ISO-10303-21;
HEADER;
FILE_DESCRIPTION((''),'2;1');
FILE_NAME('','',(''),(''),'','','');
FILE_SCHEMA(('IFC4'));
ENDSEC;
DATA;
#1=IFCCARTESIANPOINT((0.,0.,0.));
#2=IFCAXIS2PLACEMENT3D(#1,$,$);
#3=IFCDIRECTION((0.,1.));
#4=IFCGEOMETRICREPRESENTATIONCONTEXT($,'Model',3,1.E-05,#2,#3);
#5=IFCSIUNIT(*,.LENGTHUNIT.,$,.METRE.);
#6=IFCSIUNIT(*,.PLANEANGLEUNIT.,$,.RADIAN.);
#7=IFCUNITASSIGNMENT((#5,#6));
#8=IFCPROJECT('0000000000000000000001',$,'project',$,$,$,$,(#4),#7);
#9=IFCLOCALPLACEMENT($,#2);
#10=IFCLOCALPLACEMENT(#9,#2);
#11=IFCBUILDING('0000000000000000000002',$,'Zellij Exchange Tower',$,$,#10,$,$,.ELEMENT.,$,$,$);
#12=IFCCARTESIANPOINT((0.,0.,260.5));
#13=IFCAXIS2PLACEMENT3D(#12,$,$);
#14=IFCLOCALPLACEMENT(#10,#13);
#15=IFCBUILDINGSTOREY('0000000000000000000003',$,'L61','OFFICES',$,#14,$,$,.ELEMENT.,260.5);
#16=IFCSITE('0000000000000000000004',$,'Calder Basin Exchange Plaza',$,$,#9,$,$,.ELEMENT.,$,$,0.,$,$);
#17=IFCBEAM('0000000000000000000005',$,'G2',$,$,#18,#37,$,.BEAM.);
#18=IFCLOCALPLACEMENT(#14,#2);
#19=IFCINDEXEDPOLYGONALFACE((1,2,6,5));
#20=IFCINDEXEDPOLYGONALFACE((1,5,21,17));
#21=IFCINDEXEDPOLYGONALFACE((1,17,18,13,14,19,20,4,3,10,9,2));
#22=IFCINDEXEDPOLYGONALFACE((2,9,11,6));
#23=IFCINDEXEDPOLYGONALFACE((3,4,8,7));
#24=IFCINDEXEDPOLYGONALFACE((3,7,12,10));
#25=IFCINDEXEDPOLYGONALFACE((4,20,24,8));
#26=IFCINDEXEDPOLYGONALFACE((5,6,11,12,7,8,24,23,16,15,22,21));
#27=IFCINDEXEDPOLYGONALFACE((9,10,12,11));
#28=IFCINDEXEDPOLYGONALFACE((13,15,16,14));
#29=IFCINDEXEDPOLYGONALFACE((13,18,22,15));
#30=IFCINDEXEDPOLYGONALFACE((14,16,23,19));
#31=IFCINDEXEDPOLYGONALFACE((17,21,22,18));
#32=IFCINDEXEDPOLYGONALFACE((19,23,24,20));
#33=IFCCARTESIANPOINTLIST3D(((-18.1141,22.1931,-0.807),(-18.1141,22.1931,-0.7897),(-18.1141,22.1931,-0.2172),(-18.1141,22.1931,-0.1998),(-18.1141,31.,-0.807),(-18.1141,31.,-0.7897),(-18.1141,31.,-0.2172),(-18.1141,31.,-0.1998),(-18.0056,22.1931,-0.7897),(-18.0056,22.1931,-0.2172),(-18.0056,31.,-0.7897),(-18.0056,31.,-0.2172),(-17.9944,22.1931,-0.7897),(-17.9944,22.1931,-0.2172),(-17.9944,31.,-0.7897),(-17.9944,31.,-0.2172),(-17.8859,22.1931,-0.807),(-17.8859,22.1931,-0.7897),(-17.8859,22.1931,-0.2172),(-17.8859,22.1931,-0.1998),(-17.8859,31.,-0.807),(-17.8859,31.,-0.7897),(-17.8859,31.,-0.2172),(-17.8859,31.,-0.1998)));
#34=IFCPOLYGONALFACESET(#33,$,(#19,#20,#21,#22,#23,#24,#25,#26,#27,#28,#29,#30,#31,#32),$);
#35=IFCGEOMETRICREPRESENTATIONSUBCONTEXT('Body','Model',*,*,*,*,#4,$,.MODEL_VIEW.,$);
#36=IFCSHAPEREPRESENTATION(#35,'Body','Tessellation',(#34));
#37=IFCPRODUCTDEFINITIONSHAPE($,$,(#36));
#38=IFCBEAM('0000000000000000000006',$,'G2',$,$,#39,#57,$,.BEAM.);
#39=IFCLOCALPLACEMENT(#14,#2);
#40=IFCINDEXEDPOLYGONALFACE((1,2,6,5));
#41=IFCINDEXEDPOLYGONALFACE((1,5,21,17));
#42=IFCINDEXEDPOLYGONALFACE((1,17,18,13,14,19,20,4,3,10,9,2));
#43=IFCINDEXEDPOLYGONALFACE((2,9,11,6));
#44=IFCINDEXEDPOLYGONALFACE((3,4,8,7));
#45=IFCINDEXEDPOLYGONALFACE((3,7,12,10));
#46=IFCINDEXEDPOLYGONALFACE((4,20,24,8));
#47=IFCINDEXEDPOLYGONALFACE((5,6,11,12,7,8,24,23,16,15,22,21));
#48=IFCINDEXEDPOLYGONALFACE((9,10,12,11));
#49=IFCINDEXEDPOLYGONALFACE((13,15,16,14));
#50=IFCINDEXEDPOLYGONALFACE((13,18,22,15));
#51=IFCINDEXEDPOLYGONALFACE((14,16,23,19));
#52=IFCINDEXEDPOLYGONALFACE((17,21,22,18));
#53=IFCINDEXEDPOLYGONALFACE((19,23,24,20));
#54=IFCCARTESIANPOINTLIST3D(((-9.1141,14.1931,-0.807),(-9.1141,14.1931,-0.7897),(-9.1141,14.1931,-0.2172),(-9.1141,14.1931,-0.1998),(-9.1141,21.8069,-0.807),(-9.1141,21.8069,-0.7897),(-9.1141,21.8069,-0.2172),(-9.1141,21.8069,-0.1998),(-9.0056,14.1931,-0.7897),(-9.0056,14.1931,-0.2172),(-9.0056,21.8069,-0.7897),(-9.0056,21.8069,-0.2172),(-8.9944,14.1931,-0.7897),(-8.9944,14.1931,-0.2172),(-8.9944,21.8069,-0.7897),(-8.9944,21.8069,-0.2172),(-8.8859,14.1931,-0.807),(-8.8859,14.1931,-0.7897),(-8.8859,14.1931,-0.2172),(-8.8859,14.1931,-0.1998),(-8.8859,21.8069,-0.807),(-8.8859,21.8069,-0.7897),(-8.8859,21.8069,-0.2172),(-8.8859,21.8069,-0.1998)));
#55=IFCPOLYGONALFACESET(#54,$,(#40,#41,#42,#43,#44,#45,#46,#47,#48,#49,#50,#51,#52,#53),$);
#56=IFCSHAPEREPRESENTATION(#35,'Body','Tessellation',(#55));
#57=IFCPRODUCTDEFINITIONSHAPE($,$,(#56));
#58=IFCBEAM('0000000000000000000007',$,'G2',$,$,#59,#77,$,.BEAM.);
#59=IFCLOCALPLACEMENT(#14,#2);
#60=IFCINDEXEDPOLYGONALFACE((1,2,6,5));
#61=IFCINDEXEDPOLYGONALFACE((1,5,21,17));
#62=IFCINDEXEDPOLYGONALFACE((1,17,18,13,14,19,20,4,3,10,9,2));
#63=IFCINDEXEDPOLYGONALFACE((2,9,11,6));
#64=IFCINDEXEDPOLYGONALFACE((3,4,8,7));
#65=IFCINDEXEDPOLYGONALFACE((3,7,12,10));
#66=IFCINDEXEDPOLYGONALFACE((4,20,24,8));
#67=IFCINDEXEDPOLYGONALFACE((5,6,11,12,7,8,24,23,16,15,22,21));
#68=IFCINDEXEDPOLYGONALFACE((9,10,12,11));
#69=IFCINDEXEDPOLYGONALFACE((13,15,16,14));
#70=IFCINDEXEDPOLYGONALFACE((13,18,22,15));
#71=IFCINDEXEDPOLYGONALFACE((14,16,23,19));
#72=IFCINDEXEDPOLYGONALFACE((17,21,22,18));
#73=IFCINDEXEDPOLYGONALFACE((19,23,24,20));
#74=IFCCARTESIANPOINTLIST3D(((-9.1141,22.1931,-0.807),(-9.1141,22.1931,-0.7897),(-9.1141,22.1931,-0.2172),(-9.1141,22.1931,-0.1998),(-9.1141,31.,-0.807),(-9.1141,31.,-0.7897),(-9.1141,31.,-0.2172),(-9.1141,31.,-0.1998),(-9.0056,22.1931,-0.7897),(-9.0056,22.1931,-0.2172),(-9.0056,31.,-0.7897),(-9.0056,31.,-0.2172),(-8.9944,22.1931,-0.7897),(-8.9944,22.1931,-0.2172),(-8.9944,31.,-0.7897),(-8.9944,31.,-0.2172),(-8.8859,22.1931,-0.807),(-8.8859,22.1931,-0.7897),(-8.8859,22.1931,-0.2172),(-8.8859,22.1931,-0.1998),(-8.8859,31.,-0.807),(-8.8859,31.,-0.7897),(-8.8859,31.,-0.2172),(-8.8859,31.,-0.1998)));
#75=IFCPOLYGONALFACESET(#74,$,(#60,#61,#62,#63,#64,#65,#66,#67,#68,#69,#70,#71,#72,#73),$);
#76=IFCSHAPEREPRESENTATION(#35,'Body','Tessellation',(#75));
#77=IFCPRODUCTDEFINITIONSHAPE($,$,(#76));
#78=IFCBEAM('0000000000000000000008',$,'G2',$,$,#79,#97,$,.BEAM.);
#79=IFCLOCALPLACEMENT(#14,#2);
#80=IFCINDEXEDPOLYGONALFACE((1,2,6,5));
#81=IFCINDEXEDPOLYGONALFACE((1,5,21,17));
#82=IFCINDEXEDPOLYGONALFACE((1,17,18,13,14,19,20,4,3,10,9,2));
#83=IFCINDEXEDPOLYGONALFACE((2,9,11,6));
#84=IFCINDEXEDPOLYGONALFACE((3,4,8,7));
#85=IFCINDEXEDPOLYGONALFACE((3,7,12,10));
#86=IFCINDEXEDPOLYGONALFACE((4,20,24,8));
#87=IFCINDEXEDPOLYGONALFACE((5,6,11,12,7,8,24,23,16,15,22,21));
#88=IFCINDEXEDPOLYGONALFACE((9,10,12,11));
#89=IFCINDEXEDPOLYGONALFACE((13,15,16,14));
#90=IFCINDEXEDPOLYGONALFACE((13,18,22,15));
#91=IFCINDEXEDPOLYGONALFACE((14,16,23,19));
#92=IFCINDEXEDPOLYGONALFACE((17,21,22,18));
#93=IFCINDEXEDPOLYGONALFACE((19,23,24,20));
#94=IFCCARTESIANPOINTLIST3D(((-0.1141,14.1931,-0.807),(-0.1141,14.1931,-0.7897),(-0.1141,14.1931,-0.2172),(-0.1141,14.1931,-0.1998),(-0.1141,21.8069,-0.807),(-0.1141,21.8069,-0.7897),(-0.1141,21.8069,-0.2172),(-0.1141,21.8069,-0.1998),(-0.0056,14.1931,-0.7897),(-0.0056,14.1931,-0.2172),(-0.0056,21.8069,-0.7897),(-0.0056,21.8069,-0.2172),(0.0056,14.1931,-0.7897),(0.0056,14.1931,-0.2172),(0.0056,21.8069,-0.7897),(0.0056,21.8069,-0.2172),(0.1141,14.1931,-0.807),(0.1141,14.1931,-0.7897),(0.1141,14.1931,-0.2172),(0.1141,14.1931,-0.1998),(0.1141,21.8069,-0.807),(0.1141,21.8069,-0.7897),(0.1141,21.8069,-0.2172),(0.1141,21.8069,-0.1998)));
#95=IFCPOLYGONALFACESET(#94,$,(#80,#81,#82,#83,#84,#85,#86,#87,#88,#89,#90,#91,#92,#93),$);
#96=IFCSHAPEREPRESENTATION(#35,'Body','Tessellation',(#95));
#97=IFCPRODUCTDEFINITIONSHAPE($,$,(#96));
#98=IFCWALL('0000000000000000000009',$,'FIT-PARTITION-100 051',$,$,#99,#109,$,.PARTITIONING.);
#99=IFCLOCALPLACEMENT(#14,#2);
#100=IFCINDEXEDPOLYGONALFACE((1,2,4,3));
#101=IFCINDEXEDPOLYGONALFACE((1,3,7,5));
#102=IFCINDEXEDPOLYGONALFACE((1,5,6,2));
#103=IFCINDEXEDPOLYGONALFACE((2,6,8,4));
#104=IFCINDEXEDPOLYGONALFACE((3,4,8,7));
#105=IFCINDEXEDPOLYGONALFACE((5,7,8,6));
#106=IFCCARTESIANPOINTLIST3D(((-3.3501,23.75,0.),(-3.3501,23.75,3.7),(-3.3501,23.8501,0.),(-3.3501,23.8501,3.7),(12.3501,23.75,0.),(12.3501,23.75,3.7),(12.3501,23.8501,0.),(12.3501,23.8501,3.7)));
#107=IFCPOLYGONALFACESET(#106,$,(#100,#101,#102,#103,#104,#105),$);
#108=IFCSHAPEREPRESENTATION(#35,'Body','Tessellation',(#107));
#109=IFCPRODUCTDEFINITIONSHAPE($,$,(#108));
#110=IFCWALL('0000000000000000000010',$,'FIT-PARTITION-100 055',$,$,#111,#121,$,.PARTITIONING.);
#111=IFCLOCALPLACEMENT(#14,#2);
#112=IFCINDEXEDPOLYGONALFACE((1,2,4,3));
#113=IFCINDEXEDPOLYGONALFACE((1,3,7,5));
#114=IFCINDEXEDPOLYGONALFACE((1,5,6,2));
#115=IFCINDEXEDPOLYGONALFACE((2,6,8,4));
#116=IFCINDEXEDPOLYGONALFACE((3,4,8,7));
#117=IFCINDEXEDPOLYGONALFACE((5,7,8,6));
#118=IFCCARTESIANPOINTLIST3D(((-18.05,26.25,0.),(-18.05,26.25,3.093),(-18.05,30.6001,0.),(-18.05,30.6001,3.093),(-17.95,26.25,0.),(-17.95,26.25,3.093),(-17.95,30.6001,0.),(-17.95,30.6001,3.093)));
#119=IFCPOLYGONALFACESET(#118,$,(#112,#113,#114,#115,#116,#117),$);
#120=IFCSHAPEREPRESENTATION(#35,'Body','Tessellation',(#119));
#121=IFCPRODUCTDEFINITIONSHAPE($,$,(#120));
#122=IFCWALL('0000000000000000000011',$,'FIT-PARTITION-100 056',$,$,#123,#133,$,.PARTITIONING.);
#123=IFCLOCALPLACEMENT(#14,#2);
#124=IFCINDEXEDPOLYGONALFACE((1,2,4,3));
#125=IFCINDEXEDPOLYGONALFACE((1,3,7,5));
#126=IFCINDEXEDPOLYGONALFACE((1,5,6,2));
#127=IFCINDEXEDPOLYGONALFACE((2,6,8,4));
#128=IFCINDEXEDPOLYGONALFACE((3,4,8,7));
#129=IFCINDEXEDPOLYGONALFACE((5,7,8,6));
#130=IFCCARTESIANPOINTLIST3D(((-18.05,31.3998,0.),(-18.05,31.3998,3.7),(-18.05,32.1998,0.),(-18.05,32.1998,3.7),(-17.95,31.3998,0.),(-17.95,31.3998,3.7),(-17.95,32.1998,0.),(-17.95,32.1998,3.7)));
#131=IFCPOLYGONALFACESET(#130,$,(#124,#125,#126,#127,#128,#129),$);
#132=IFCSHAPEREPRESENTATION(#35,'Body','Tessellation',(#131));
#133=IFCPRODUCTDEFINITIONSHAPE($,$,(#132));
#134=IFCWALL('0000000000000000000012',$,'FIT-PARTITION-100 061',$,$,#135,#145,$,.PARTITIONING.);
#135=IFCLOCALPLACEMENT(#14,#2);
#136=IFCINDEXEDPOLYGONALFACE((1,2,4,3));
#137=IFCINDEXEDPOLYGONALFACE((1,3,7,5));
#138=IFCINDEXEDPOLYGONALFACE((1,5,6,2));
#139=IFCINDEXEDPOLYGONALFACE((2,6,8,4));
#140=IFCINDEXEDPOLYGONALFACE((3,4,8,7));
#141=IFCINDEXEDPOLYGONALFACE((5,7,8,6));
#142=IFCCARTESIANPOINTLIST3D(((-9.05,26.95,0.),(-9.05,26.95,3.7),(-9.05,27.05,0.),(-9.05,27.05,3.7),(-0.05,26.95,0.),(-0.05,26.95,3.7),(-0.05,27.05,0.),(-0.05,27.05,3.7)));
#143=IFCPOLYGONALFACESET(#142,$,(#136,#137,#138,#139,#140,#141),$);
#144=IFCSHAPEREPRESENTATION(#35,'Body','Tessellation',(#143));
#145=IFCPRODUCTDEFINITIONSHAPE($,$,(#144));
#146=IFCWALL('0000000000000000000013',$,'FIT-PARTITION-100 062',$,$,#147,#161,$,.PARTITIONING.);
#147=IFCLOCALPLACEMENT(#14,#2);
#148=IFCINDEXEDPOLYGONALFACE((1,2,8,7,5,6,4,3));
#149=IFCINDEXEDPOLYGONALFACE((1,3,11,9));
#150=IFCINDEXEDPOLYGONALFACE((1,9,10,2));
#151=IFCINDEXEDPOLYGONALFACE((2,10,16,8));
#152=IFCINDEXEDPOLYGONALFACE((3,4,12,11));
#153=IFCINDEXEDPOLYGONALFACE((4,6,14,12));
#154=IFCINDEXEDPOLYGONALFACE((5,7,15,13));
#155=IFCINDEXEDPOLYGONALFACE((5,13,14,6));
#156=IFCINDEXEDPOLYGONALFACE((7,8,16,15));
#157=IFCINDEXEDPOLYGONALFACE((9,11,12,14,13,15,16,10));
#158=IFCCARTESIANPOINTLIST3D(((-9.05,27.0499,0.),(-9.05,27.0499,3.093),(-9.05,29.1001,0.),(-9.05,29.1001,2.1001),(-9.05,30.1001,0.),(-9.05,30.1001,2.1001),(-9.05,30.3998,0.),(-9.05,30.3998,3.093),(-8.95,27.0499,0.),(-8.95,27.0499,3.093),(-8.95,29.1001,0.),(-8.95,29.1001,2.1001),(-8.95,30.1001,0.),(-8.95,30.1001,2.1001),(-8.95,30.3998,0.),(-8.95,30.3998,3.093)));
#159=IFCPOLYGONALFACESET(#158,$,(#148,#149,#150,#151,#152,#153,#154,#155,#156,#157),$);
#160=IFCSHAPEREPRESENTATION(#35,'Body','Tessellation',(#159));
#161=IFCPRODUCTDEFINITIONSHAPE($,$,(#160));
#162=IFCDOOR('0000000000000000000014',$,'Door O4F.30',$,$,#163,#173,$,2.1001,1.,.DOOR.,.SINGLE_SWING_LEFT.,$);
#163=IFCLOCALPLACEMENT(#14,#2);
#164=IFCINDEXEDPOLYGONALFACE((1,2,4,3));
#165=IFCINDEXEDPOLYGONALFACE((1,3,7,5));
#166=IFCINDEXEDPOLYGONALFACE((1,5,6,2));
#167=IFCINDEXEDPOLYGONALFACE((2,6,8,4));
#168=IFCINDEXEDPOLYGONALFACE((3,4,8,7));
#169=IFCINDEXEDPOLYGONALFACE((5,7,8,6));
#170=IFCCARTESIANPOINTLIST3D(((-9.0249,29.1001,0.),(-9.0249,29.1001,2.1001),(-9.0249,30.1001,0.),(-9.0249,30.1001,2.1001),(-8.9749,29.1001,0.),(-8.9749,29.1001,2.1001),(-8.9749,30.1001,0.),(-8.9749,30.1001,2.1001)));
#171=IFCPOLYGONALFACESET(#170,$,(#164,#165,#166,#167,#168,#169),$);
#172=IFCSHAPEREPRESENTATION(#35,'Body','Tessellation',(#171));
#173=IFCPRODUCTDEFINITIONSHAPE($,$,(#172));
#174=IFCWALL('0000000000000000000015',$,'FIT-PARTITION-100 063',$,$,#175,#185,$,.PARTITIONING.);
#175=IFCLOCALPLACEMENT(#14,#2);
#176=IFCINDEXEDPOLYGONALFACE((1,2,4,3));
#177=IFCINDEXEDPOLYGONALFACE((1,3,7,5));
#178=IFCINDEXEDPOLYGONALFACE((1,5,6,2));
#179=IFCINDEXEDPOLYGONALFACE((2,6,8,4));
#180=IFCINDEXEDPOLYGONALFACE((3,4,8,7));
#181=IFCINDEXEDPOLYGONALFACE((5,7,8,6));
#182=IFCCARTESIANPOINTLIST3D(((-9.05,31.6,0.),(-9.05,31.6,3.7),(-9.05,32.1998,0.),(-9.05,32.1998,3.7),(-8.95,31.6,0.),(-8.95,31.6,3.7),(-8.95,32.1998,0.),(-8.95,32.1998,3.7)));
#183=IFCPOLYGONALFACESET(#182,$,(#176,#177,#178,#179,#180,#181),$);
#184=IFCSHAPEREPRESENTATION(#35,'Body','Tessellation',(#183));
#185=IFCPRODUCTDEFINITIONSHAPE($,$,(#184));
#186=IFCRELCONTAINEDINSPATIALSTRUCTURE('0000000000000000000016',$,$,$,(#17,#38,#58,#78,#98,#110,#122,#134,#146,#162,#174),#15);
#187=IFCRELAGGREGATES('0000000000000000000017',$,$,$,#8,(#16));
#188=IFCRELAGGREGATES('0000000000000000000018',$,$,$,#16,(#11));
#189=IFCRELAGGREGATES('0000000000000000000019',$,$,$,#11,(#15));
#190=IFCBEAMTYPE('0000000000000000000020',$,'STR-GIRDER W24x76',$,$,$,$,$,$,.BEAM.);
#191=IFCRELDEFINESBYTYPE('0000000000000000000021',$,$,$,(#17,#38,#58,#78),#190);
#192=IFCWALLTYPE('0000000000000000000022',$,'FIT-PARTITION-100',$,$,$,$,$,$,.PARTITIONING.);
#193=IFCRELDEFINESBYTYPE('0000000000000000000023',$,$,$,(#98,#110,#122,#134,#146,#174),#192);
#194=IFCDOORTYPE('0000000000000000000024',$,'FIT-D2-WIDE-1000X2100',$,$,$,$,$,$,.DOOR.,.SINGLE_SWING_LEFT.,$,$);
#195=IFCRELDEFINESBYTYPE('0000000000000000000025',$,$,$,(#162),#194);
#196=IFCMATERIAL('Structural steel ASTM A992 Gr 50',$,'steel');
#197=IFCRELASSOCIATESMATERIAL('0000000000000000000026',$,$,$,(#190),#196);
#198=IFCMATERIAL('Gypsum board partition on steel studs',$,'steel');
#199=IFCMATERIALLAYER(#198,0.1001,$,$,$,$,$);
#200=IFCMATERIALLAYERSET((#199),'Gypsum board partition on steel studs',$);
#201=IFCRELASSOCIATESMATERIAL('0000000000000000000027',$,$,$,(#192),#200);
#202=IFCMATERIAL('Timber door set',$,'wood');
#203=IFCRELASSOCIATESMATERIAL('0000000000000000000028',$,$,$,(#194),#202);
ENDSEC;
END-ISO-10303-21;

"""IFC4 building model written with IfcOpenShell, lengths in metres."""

from ifc_helpers import new_model, si_unit, direction, frame, frame_2d, origin, origin_2d, place, context, subcontext, project, spatial, rectangle, i_section, extrude, material, layer, layer_set, material_profile, profile_set, type_object, element, fill, save


model = new_model("IFC4")

# Units and contexts
model_context = context("Model", 3, precision=1e-05, world=origin(), true_north=direction((0.0, 1.0)))
body_context = subcontext(model_context, "Body", "Model", "MODEL_VIEW")
ifc_project = project(units=[si_unit("LENGTHUNIT", "METRE"), si_unit("PLANEANGLEUNIT", "RADIAN")], contexts=[model_context])

# Site, building, storey
site_placement = place(None, origin())
site = spatial("IfcSite", under=ifc_project, at=site_placement, Name="Calder Basin Exchange Plaza", CompositionType="ELEMENT", RefElevation=0.0)
building_placement = place(site_placement, origin())
building = spatial("IfcBuilding", under=site, at=building_placement, Name="Zellij Exchange Tower", CompositionType="ELEMENT")
storey_placement = place(building_placement, frame((0.0, 0.0, 260.5)))
storey = spatial("IfcBuildingStorey", under=building, at=storey_placement, Name="L61", Description="OFFICES", CompositionType="ELEMENT", Elevation=260.5)

# Shared definitions
ifc_material_1 = material(Name="Structural steel ASTM A992 Gr 50", Category="steel")

# Beams
ifc_material_profile_1 = material_profile(ifc_material_1, i_section(OverallWidth=0.2283, OverallDepth=0.6072, WebThickness=0.0112, FlangeThickness=0.0173, at=origin_2d()), Name="W24x76")
ifc_profile_set_1 = profile_set([ifc_material_profile_1], Name="Structural steel ASTM A992 Gr 50")
beam_type = type_object("IfcBeamType", Name="STR-GIRDER W24x76", PredefinedType="BEAM", material=ifc_profile_set_1)
beam_1_placement = place(storey_placement, frame((-18.0, 22.1931, -0.5034), z_axis=(0.0, 1.0, 0.0), x_axis=(-1.0, 0.0, 0.0)))
element("IfcBeam", 1, at=beam_1_placement, inside=storey, type_object=beam_type, Name="G2", PredefinedType="BEAM", context=body_context, shape_type="SweptSolid", body=[
    extrude(i_section(OverallWidth=0.2283, OverallDepth=0.6072, WebThickness=0.0112, FlangeThickness=0.0173, at=origin_2d()), origin(), (0.0, 0.0, 1.0), 8.8069),
])
beam_2_placement = place(storey_placement, frame((-9.0, 14.1931, -0.5034), z_axis=(0.0, 1.0, 0.0), x_axis=(-1.0, 0.0, 0.0)))
element("IfcBeam", 2, at=beam_2_placement, inside=storey, type_object=beam_type, Name="G2", PredefinedType="BEAM", context=body_context, shape_type="SweptSolid", body=[
    extrude(i_section(OverallWidth=0.2283, OverallDepth=0.6072, WebThickness=0.0112, FlangeThickness=0.0173, at=origin_2d()), origin(), (0.0, 0.0, 1.0), 7.6138),
])
beam_3_placement = place(storey_placement, frame((-9.0, 22.1931, -0.5034), z_axis=(0.0, 1.0, 0.0), x_axis=(-1.0, 0.0, 0.0)))
element("IfcBeam", 3, at=beam_3_placement, inside=storey, type_object=beam_type, Name="G2", PredefinedType="BEAM", context=body_context, shape_type="SweptSolid", body=[
    extrude(i_section(OverallWidth=0.2283, OverallDepth=0.6072, WebThickness=0.0112, FlangeThickness=0.0173, at=origin_2d()), origin(), (0.0, 0.0, 1.0), 8.8069),
])
beam_4_placement = place(storey_placement, frame((0.0, 14.1931, -0.5034), z_axis=(0.0, 1.0, 0.0), x_axis=(-1.0, 0.0, 0.0)))
element("IfcBeam", 4, at=beam_4_placement, inside=storey, type_object=beam_type, Name="G2", PredefinedType="BEAM", context=body_context, shape_type="SweptSolid", body=[
    extrude(i_section(OverallWidth=0.2283, OverallDepth=0.6072, WebThickness=0.0112, FlangeThickness=0.0173, at=origin_2d()), origin(), (0.0, 0.0, 1.0), 7.6138),
])

# Walls
ifc_material_2 = material(Name="Gypsum board partition on steel studs", Category="steel")
ifc_layer = layer(ifc_material_2, 0.1001)
ifc_layer_set = layer_set([ifc_layer], Name="Gypsum board partition on steel studs")
wall_type = type_object("IfcWallType", Name="FIT-PARTITION-100", PredefinedType="PARTITIONING", material=ifc_layer_set)
wall_1_placement = place(storey_placement, frame((-3.3501, 23.8, 0.0), z_axis=(0.0, 0.0, 1.0), x_axis=(1.0, 0.0, 0.0)))
element("IfcWall", 5, at=wall_1_placement, inside=storey, type_object=wall_type, Name="FIT-PARTITION-100 051", PredefinedType="PARTITIONING", context=body_context, shape_type="SweptSolid", body=[
    extrude(rectangle(XDim=15.7002, YDim=0.1001, at=frame_2d((7.8501, 0.0))), origin(), (0.0, 0.0, 1.0), 3.7),
])
wall_2_placement = place(storey_placement, frame((-18.0, 26.25, 0.0), z_axis=(0.0, 0.0, 1.0), x_axis=(0.0, 1.0, 0.0)))
element("IfcWall", 6, at=wall_2_placement, inside=storey, type_object=wall_type, Name="FIT-PARTITION-100 055", PredefinedType="PARTITIONING", context=body_context, shape_type="SweptSolid", body=[
    extrude(rectangle(XDim=4.3501, YDim=0.1001, at=frame_2d((2.175, 0.0))), origin(), (0.0, 0.0, 1.0), 3.093),
])
wall_3_placement = place(storey_placement, frame((-18.0, 31.3999, 0.0), z_axis=(0.0, 0.0, 1.0), x_axis=(0.0, 1.0, 0.0)))
element("IfcWall", 7, at=wall_3_placement, inside=storey, type_object=wall_type, Name="FIT-PARTITION-100 056", PredefinedType="PARTITIONING", context=body_context, shape_type="SweptSolid", body=[
    extrude(rectangle(XDim=0.8, YDim=0.1001, at=frame_2d((0.3999, 0.0))), origin(), (0.0, 0.0, 1.0), 3.7),
])
wall_4_placement = place(storey_placement, frame((-9.05, 27.0, 0.0), z_axis=(0.0, 0.0, 1.0), x_axis=(1.0, 0.0, 0.0)))
element("IfcWall", 8, at=wall_4_placement, inside=storey, type_object=wall_type, Name="FIT-PARTITION-100 061", PredefinedType="PARTITIONING", context=body_context, shape_type="SweptSolid", body=[
    extrude(rectangle(XDim=9.0, YDim=0.1001, at=frame_2d((4.5, 0.0))), origin(), (0.0, 0.0, 1.0), 3.7),
])

# Wall, opening, door
wall_5_placement = place(storey_placement, frame((-9.0, 27.05, 0.0), z_axis=(0.0, 0.0, 1.0), x_axis=(0.0, 1.0, 0.0)))
wall_5 = element("IfcWall", 9, at=wall_5_placement, inside=storey, type_object=wall_type, Name="FIT-PARTITION-100 062", PredefinedType="PARTITIONING", context=body_context, shape_type="SweptSolid", body=[
    extrude(rectangle(XDim=3.3499, YDim=0.1001, at=frame_2d((1.6748, 0.0))), origin(), (0.0, 0.0, 1.0), 3.093),
])
opening_placement = place(wall_5_placement, frame((2.05, 0.0, 0.0)))
opening = element("IfcOpeningElement", 10, at=opening_placement, cuts=wall_5, PredefinedType="OPENING", context=body_context, shape_type="SweptSolid", body=[
    extrude(rectangle(XDim=1.0, YDim=2.1001, at=frame_2d((0.5, 1.05))), frame((0.0, 0.062, 0.0), z_axis=(0.0, -1.0, 0.0), x_axis=(1.0, 0.0, 0.0)), (0.0, 0.0, 1.0), 0.124),
])
ifc_material_3 = material(Name="Timber door set", Category="wood")
door_type = type_object("IfcDoorType", Name="FIT-D2-WIDE-1000X2100", OperationType="SINGLE_SWING_LEFT", PredefinedType="DOOR", material=ifc_material_3)
door_placement = place(opening_placement, origin())
door = element("IfcDoor", 11, at=door_placement, inside=storey, type_object=door_type, Name="Door O4F.30", OperationType="SINGLE_SWING_LEFT", OverallHeight=2.1001, OverallWidth=1.0, PredefinedType="DOOR", context=body_context, shape_type="SweptSolid", body=[
    extrude(rectangle(XDim=1.0, YDim=2.1001, at=frame_2d((0.5, 1.05))), frame((0.0, 0.0249, 0.0), z_axis=(0.0, -1.0, 0.0), x_axis=(1.0, 0.0, 0.0)), (0.0, 0.0, 1.0), 0.05),
])
fill(opening, door)

# Wall
wall_6_placement = place(storey_placement, frame((-9.0, 31.6001, 0.0), z_axis=(0.0, 0.0, 1.0), x_axis=(0.0, 1.0, 0.0)))
element("IfcWall", 12, at=wall_6_placement, inside=storey, type_object=wall_type, Name="FIT-PARTITION-100 063", PredefinedType="PARTITIONING", context=body_context, shape_type="SweptSolid", body=[
    extrude(rectangle(XDim=0.5999, YDim=0.1001, at=frame_2d((0.2998, 0.0))), origin(), (0.0, 0.0, 1.0), 3.7),
])

save(model, "model.ifc")
